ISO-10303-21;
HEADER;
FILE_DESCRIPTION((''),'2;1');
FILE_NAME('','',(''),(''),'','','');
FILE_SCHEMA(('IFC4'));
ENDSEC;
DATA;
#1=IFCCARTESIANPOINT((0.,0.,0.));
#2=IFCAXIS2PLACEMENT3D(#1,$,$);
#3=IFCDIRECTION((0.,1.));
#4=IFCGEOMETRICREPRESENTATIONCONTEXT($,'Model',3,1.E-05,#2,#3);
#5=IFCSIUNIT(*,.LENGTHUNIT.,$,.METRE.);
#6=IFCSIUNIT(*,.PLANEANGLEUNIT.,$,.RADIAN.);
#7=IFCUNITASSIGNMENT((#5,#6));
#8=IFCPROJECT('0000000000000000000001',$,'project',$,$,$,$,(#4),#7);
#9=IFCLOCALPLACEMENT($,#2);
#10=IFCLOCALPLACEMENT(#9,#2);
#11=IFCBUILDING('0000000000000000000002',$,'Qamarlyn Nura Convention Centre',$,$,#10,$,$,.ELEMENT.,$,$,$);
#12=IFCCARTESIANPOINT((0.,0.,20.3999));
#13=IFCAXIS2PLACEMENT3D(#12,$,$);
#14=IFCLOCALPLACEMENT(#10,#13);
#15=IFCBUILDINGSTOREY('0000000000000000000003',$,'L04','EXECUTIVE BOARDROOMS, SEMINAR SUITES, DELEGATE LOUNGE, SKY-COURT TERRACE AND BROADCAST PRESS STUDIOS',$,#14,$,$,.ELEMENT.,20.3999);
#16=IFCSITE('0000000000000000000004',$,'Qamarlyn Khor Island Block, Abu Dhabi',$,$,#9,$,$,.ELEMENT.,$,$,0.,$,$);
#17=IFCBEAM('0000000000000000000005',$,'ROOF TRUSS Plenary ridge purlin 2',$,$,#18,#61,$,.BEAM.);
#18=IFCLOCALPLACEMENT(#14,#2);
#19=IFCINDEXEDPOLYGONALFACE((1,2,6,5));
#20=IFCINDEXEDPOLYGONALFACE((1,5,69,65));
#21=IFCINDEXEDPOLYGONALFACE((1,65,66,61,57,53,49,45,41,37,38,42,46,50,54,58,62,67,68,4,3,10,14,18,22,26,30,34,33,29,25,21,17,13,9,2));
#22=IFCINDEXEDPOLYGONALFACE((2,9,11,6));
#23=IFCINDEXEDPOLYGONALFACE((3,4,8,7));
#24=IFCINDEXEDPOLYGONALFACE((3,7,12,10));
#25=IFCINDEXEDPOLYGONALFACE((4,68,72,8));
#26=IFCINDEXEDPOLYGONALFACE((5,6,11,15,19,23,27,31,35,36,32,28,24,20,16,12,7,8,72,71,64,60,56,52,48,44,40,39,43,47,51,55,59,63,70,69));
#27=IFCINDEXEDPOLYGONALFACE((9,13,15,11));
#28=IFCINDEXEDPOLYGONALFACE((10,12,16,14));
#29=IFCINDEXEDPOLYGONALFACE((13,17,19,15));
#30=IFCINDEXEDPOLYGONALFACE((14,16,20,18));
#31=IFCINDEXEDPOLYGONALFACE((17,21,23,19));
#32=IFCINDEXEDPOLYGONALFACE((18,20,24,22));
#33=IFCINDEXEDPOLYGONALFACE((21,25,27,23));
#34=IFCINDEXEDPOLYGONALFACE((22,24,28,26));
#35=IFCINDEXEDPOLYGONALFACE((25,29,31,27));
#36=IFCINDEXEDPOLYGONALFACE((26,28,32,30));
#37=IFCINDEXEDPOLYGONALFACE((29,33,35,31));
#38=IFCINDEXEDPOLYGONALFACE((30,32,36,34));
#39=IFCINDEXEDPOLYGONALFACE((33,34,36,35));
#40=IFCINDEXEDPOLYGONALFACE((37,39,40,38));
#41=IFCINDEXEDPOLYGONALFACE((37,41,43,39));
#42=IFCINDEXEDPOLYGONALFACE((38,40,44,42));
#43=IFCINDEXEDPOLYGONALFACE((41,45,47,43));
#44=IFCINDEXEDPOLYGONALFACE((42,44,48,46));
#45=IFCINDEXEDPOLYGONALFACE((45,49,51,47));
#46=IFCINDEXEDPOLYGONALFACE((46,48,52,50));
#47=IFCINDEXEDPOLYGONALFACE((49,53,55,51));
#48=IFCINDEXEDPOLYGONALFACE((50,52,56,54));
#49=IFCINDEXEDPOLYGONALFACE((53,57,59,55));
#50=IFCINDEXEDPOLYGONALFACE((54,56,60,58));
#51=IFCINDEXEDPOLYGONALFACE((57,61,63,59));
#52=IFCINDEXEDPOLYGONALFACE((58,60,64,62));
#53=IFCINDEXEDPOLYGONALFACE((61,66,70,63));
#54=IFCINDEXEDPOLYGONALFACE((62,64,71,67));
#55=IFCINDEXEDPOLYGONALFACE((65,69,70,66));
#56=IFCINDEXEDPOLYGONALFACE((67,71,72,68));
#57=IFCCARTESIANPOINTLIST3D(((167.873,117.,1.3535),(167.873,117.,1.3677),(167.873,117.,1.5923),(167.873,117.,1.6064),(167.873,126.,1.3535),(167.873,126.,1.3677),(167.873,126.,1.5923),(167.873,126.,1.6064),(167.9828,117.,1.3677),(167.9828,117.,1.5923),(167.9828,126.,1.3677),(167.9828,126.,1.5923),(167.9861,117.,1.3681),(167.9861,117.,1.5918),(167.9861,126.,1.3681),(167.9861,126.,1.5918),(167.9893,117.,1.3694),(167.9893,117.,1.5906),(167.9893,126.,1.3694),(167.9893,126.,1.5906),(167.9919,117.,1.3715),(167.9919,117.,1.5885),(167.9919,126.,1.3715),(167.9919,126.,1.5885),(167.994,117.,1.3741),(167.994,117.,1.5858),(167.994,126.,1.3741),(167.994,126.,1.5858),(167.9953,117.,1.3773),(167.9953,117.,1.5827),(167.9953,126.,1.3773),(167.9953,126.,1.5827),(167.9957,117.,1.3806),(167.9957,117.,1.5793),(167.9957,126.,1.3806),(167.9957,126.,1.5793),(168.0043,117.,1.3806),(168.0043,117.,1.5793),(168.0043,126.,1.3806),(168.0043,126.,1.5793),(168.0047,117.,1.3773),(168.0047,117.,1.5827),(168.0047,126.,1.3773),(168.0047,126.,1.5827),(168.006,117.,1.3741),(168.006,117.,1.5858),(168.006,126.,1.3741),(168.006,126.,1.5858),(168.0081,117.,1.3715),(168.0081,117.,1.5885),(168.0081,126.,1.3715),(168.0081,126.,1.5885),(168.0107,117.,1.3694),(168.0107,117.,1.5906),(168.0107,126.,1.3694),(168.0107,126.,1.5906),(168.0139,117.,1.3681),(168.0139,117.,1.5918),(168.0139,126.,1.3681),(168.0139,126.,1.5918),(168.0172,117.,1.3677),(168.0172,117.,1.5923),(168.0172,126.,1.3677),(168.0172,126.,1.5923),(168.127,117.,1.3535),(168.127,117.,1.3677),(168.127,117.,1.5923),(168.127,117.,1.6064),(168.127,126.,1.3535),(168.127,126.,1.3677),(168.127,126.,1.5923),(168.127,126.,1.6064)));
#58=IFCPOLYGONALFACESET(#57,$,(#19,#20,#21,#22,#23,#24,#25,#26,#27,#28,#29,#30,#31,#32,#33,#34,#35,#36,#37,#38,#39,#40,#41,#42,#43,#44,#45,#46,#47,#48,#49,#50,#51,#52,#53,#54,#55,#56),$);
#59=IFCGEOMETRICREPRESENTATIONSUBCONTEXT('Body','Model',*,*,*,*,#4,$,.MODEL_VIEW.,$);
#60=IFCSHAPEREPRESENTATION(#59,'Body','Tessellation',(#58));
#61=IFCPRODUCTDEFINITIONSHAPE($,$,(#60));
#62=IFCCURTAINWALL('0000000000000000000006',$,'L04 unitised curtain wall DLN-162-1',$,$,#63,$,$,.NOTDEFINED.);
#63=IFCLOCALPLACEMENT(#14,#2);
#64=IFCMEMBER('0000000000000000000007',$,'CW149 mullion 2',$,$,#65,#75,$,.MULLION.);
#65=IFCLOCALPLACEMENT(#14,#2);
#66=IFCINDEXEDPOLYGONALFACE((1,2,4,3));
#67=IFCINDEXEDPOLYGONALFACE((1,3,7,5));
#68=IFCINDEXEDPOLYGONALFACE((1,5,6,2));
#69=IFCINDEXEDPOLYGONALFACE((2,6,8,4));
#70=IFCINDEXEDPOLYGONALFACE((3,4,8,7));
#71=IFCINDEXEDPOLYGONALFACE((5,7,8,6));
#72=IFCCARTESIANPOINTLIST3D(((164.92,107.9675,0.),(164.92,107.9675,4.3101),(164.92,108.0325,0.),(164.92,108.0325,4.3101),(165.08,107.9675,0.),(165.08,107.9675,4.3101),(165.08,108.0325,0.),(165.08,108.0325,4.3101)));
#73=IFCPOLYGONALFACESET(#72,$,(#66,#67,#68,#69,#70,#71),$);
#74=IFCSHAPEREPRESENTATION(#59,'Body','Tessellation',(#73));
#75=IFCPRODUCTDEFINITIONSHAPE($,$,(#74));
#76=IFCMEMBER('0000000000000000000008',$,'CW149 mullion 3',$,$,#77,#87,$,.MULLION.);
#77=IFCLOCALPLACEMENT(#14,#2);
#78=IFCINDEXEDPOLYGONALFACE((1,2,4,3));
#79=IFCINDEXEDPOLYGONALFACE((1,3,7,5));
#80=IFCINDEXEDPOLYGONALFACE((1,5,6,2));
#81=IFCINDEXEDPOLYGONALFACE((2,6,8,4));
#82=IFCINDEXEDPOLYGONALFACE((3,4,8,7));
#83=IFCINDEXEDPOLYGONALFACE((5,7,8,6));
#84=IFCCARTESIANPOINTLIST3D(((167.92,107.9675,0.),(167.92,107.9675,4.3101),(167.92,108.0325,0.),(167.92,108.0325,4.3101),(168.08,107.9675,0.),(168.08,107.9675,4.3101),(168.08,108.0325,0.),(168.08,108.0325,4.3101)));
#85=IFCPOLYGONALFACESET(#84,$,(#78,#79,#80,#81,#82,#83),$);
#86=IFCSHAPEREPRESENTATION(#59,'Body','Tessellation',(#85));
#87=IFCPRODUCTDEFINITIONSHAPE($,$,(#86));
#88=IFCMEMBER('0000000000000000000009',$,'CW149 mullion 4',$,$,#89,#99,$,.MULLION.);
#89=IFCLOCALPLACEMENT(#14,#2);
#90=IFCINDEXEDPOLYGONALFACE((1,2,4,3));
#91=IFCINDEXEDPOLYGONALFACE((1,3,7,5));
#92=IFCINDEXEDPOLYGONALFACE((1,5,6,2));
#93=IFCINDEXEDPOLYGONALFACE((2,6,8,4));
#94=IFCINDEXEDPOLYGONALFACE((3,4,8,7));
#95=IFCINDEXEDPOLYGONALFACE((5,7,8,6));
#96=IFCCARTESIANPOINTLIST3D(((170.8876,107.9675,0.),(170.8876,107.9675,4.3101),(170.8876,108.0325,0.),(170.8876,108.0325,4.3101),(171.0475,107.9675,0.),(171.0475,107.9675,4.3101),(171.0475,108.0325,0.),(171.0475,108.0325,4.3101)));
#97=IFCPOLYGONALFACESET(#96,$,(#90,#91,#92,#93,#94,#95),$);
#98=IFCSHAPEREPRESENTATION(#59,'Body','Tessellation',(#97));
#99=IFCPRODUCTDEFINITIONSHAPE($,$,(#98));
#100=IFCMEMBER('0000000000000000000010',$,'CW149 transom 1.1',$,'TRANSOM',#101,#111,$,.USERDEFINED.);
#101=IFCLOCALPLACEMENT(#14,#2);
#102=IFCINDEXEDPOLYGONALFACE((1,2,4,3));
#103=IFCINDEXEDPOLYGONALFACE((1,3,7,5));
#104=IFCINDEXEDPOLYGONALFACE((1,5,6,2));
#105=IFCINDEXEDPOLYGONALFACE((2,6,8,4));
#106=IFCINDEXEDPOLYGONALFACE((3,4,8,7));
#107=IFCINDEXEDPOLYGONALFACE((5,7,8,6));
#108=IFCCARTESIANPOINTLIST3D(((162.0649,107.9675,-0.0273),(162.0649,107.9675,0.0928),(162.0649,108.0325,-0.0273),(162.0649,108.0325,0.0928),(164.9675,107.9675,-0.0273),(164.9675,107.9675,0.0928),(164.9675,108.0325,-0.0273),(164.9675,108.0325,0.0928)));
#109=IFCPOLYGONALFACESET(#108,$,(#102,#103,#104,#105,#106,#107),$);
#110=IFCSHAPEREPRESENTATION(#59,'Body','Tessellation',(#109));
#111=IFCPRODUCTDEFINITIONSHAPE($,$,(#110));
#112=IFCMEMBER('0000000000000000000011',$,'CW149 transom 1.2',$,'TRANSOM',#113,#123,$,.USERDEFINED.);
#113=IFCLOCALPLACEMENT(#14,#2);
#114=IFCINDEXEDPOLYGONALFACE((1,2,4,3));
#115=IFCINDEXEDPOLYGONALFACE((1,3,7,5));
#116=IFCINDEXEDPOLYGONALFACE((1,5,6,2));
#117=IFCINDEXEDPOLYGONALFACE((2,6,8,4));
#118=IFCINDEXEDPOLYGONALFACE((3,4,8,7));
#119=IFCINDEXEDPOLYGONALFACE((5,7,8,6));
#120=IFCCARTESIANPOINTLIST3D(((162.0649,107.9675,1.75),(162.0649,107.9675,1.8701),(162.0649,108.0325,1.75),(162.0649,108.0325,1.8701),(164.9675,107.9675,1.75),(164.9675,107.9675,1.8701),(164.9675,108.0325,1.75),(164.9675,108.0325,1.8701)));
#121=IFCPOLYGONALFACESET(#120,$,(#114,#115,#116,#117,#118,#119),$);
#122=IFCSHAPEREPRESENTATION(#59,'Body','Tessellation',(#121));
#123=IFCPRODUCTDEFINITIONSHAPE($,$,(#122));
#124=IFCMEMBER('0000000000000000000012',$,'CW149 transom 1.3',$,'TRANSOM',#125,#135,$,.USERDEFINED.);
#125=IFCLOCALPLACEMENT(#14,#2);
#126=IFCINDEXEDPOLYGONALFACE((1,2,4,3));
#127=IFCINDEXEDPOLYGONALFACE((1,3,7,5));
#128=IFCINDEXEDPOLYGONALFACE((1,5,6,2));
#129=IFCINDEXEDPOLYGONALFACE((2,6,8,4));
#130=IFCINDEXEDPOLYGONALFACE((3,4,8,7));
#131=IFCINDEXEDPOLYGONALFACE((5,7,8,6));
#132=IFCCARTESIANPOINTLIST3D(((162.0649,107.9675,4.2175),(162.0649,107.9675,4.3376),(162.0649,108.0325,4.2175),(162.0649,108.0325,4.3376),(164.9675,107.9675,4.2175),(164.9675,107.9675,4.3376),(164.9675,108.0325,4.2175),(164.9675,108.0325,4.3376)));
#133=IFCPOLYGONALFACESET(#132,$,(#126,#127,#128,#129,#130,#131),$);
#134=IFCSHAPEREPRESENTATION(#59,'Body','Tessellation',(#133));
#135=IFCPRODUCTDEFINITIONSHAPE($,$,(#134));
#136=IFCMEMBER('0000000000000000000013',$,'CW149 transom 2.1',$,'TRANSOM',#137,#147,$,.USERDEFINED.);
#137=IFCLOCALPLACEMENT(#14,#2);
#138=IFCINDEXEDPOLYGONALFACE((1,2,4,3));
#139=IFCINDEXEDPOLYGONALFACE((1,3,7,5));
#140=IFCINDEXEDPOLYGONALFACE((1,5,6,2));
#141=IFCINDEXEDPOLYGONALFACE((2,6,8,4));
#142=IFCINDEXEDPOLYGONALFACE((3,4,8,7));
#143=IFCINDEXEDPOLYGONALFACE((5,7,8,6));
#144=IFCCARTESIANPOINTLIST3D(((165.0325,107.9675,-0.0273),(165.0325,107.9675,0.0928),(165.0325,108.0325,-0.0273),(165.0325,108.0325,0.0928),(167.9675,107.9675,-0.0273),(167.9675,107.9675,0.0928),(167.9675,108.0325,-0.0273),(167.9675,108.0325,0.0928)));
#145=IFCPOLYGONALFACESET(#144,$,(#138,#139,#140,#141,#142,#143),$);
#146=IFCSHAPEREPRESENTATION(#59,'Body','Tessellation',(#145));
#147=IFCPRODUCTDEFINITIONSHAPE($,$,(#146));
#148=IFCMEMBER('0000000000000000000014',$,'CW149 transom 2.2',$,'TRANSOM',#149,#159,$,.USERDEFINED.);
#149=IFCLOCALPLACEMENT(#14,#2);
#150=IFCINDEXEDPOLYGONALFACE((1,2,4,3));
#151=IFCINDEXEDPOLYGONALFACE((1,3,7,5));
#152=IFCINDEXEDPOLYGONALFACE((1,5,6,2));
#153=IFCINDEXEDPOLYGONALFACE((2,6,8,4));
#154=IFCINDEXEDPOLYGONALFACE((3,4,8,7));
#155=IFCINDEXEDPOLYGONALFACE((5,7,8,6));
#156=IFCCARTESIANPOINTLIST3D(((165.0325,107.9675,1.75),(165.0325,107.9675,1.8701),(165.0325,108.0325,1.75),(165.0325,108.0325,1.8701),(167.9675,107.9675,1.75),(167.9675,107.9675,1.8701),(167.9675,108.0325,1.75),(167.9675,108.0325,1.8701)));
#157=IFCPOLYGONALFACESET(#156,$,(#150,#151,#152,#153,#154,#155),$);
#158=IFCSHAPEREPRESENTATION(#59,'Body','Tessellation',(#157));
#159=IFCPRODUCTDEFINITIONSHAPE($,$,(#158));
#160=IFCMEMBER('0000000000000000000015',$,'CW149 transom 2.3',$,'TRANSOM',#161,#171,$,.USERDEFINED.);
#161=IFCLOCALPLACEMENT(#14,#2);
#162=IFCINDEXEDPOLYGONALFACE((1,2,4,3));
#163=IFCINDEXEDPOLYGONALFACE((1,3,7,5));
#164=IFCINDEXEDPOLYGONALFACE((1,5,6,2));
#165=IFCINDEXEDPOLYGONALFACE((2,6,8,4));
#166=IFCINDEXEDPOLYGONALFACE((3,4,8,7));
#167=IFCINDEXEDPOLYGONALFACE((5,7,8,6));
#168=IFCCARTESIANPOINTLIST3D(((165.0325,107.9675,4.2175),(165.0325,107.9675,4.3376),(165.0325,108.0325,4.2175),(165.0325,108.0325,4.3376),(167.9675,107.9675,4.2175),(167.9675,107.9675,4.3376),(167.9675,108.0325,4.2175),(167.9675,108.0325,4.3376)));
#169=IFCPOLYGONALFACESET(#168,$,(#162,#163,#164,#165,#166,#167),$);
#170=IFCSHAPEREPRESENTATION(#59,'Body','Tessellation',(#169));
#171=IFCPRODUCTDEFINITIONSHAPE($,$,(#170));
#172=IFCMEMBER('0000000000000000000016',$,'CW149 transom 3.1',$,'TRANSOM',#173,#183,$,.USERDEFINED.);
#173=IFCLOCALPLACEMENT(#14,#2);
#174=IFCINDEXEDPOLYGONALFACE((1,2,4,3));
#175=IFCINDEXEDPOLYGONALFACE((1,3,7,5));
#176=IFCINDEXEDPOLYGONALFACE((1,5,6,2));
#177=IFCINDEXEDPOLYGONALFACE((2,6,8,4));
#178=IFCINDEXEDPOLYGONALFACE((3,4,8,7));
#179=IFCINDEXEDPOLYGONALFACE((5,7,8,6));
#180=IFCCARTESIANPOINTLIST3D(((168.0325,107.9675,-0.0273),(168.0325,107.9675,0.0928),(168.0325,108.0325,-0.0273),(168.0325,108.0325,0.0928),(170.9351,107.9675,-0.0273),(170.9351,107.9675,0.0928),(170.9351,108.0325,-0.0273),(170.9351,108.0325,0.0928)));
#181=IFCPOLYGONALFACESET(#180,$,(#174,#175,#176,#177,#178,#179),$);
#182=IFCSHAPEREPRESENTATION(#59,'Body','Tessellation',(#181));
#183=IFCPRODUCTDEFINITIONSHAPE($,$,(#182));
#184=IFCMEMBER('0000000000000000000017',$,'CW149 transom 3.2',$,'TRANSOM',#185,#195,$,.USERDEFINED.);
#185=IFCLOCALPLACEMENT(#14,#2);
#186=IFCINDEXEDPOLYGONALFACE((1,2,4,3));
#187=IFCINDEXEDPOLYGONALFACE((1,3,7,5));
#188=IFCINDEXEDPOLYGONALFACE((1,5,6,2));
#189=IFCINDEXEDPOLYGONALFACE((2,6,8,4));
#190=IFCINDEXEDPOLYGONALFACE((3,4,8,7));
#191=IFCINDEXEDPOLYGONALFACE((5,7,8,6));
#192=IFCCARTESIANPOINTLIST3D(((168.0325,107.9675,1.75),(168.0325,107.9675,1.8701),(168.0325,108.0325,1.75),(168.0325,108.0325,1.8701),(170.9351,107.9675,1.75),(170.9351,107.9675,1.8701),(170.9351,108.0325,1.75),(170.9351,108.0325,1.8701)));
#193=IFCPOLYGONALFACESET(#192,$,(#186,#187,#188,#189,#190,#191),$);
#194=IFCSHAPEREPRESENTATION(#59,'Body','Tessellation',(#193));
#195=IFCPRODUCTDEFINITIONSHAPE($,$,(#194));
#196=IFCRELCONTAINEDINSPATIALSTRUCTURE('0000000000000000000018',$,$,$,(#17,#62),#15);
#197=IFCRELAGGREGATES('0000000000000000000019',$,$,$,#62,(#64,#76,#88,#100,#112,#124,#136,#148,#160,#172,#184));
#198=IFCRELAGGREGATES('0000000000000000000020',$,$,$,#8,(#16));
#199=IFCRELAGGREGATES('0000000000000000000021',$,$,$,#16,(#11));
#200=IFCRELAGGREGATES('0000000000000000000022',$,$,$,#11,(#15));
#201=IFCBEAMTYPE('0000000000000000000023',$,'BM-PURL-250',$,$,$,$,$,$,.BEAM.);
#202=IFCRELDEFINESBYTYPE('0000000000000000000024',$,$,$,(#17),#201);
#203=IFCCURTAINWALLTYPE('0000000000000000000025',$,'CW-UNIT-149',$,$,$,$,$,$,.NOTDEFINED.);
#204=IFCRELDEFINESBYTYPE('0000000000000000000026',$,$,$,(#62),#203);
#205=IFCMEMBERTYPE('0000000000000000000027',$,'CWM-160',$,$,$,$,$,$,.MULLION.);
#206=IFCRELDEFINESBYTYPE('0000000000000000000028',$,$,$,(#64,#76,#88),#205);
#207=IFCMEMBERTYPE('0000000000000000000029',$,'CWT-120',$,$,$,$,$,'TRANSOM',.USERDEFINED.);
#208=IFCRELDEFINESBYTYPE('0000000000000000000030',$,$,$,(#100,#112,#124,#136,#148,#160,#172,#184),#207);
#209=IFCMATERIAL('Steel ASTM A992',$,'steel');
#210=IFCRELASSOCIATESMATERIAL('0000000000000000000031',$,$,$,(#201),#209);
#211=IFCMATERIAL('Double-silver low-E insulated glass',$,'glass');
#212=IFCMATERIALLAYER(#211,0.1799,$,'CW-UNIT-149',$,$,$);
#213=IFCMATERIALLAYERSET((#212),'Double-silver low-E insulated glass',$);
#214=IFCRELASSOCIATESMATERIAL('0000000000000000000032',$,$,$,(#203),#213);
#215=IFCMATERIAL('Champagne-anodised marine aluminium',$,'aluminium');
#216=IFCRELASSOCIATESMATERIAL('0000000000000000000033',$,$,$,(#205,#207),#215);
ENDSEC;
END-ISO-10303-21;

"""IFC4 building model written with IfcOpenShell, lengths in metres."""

from ifc_helpers import new_model, si_unit, direction, frame, origin, origin_2d, place, context, subcontext, project, spatial, rectangle, i_section, extrude, material, layer, layer_set, material_profile, profile_set, type_object, element, aggregate, save


model = new_model("IFC4")

# Units and contexts
model_context = context("Model", 3, precision=1e-05, world=origin(), true_north=direction((0.0, 1.0)))
body_context = subcontext(model_context, "Body", "Model", "MODEL_VIEW")
ifc_project = project(units=[si_unit("LENGTHUNIT", "METRE"), si_unit("PLANEANGLEUNIT", "RADIAN")], contexts=[model_context])

# Site, building, storey
site_placement = place(None, origin())
site = spatial("IfcSite", under=ifc_project, at=site_placement, Name="Qamarlyn Khor Island Block, Abu Dhabi", CompositionType="ELEMENT", RefElevation=0.0)
building_placement = place(site_placement, origin())
building = spatial("IfcBuilding", under=site, at=building_placement, Name="Qamarlyn Nura Convention Centre", CompositionType="ELEMENT")
storey_placement = place(building_placement, frame((0.0, 0.0, 20.3999)))
storey = spatial("IfcBuildingStorey", under=building, at=storey_placement, Name="L04", Description="EXECUTIVE BOARDROOMS, SEMINAR SUITES, DELEGATE LOUNGE, SKY-COURT TERRACE AND BROADCAST PRESS STUDIOS", CompositionType="ELEMENT", Elevation=20.3999)

# Beam
ifc_material_1 = material(Name="Steel ASTM A992", Category="steel")
ifc_material_profile_1 = material_profile(ifc_material_1, i_section(OverallWidth=0.2539, OverallDepth=0.2529, WebThickness=0.0085, FlangeThickness=0.0142, FilletRadius=0.0129, at=origin_2d()), Name="W250X73")
ifc_profile_set_1 = profile_set([ifc_material_profile_1], Name="Steel ASTM A992")
beam_type_1 = type_object("IfcBeamType", Name="BM-PURL-250", PredefinedType="BEAM", material=ifc_profile_set_1)
beam_placement = place(storey_placement, frame((168.0, 117.0, 1.48), z_axis=(0.0, 1.0, 0.0), x_axis=(-1.0, 0.0, 0.0)))
element("IfcBeam", 1, at=beam_placement, inside=storey, type_object=beam_type_1, Name="ROOF TRUSS Plenary ridge purlin 2", PredefinedType="BEAM", context=body_context, shape_type="SweptSolid", body=[
    extrude(i_section(OverallWidth=0.2539, OverallDepth=0.2529, WebThickness=0.0085, FlangeThickness=0.0142, FilletRadius=0.0129, at=origin_2d()), origin(), (0.0, 0.0, 1.0), 9.0),
])

# Curtain wall, members
ifc_material_2 = material(Name="Double-silver low-E insulated glass", Category="glass")
ifc_layer_1 = layer(ifc_material_2, 0.1799, Name="CW-UNIT-149")
ifc_layer_set_1 = layer_set([ifc_layer_1], Name="Double-silver low-E insulated glass")
curtain_wall_type = type_object("IfcCurtainWallType", Name="CW-UNIT-149", PredefinedType="NOTDEFINED", material=ifc_layer_set_1)
curtain_wall_placement = place(storey_placement, origin())
curtain_wall = element("IfcCurtainWall", 2, at=curtain_wall_placement, inside=storey, type_object=curtain_wall_type, Name="L04 unitised curtain wall DLN-162-1", PredefinedType="NOTDEFINED")
ifc_material_3 = material(Name="Champagne-anodised marine aluminium", Category="aluminium")
ifc_material_profile_2 = material_profile(ifc_material_3, rectangle(XDim=0.0649, YDim=0.1599, at=origin_2d()), Name="ALU MULLION 65x160")
ifc_profile_set_2 = profile_set([ifc_material_profile_2], Name="Champagne-anodised marine aluminium")
member_type_1 = type_object("IfcMemberType", Name="CWM-160", PredefinedType="MULLION", material=ifc_profile_set_2)
member_1_placement = place(storey_placement, frame((165.0, 108.0, 0.0), z_axis=(0.0, 0.0, 1.0), x_axis=(0.0, 1.0, 0.0)))
member_1 = element("IfcMember", 3, at=member_1_placement, type_object=member_type_1, Name="CW149 mullion 2", PredefinedType="MULLION", context=body_context, shape_type="SweptSolid", body=[
    extrude(rectangle(XDim=0.0649, YDim=0.1599, at=origin_2d()), origin(), (0.0, 0.0, 1.0), 4.3101),
])
member_2_placement = place(storey_placement, frame((168.0, 108.0, 0.0), z_axis=(0.0, 0.0, 1.0), x_axis=(0.0, 1.0, 0.0)))
member_2 = element("IfcMember", 4, at=member_2_placement, type_object=member_type_1, Name="CW149 mullion 3", PredefinedType="MULLION", context=body_context, shape_type="SweptSolid", body=[
    extrude(rectangle(XDim=0.0649, YDim=0.1599, at=origin_2d()), origin(), (0.0, 0.0, 1.0), 4.3101),
])
member_3_placement = place(storey_placement, frame((170.9675, 108.0, 0.0), z_axis=(0.0, 0.0, 1.0), x_axis=(0.0, 1.0, 0.0)))
member_3 = element("IfcMember", 5, at=member_3_placement, type_object=member_type_1, Name="CW149 mullion 4", PredefinedType="MULLION", context=body_context, shape_type="SweptSolid", body=[
    extrude(rectangle(XDim=0.0649, YDim=0.1599, at=origin_2d()), origin(), (0.0, 0.0, 1.0), 4.3101),
])
ifc_material_profile_3 = material_profile(ifc_material_3, rectangle(XDim=0.0649, YDim=0.1201, at=origin_2d()), Name="ALU TRANSOM 65x120")
ifc_profile_set_3 = profile_set([ifc_material_profile_3], Name="Champagne-anodised marine aluminium")
member_type_2 = type_object("IfcMemberType", Name="CWT-120", ElementType="TRANSOM", PredefinedType="USERDEFINED", material=ifc_profile_set_3)
member_4_placement = place(storey_placement, frame((162.0649, 108.0, 0.0327), z_axis=(1.0, 0.0, 0.0), x_axis=(0.0, 1.0, 0.0)))
member_4 = element("IfcMember", 6, at=member_4_placement, type_object=member_type_2, Name="CW149 transom 1.1", ObjectType="TRANSOM", PredefinedType="USERDEFINED", context=body_context, shape_type="SweptSolid", body=[
    extrude(rectangle(XDim=0.0649, YDim=0.1201, at=origin_2d()), origin(), (0.0, 0.0, 1.0), 2.9026),
])
member_5_placement = place(storey_placement, frame((162.0649, 108.0, 1.8101), z_axis=(1.0, 0.0, 0.0), x_axis=(0.0, 1.0, 0.0)))
member_5 = element("IfcMember", 7, at=member_5_placement, type_object=member_type_2, Name="CW149 transom 1.2", ObjectType="TRANSOM", PredefinedType="USERDEFINED", context=body_context, shape_type="SweptSolid", body=[
    extrude(rectangle(XDim=0.0649, YDim=0.1201, at=origin_2d()), origin(), (0.0, 0.0, 1.0), 2.9026),
])
member_6_placement = place(storey_placement, frame((162.0649, 108.0, 4.2776), z_axis=(1.0, 0.0, 0.0), x_axis=(0.0, 1.0, 0.0)))
member_6 = element("IfcMember", 8, at=member_6_placement, type_object=member_type_2, Name="CW149 transom 1.3", ObjectType="TRANSOM", PredefinedType="USERDEFINED", context=body_context, shape_type="SweptSolid", body=[
    extrude(rectangle(XDim=0.0649, YDim=0.1201, at=origin_2d()), origin(), (0.0, 0.0, 1.0), 2.9026),
])
member_7_placement = place(storey_placement, frame((165.0325, 108.0, 0.0327), z_axis=(1.0, 0.0, 0.0), x_axis=(0.0, 1.0, 0.0)))
member_7 = element("IfcMember", 9, at=member_7_placement, type_object=member_type_2, Name="CW149 transom 2.1", ObjectType="TRANSOM", PredefinedType="USERDEFINED", context=body_context, shape_type="SweptSolid", body=[
    extrude(rectangle(XDim=0.0649, YDim=0.1201, at=origin_2d()), origin(), (0.0, 0.0, 1.0), 2.9351),
])
member_8_placement = place(storey_placement, frame((165.0325, 108.0, 1.8101), z_axis=(1.0, 0.0, 0.0), x_axis=(0.0, 1.0, 0.0)))
member_8 = element("IfcMember", 10, at=member_8_placement, type_object=member_type_2, Name="CW149 transom 2.2", ObjectType="TRANSOM", PredefinedType="USERDEFINED", context=body_context, shape_type="SweptSolid", body=[
    extrude(rectangle(XDim=0.0649, YDim=0.1201, at=origin_2d()), origin(), (0.0, 0.0, 1.0), 2.9351),
])
member_9_placement = place(storey_placement, frame((165.0325, 108.0, 4.2776), z_axis=(1.0, 0.0, 0.0), x_axis=(0.0, 1.0, 0.0)))
member_9 = element("IfcMember", 11, at=member_9_placement, type_object=member_type_2, Name="CW149 transom 2.3", ObjectType="TRANSOM", PredefinedType="USERDEFINED", context=body_context, shape_type="SweptSolid", body=[
    extrude(rectangle(XDim=0.0649, YDim=0.1201, at=origin_2d()), origin(), (0.0, 0.0, 1.0), 2.9351),
])
member_10_placement = place(storey_placement, frame((168.0325, 108.0, 0.0327), z_axis=(1.0, 0.0, 0.0), x_axis=(0.0, 1.0, 0.0)))
member_10 = element("IfcMember", 12, at=member_10_placement, type_object=member_type_2, Name="CW149 transom 3.1", ObjectType="TRANSOM", PredefinedType="USERDEFINED", context=body_context, shape_type="SweptSolid", body=[
    extrude(rectangle(XDim=0.0649, YDim=0.1201, at=origin_2d()), origin(), (0.0, 0.0, 1.0), 2.9026),
])
member_11_placement = place(storey_placement, frame((168.0325, 108.0, 1.8101), z_axis=(1.0, 0.0, 0.0), x_axis=(0.0, 1.0, 0.0)))
member_11 = element("IfcMember", 13, at=member_11_placement, type_object=member_type_2, Name="CW149 transom 3.2", ObjectType="TRANSOM", PredefinedType="USERDEFINED", context=body_context, shape_type="SweptSolid", body=[
    extrude(rectangle(XDim=0.0649, YDim=0.1201, at=origin_2d()), origin(), (0.0, 0.0, 1.0), 2.9026),
])
aggregate(curtain_wall, [member_1, member_2, member_3, member_4, member_5, member_6, member_7, member_8, member_9, member_10, member_11])

save(model, "model.ifc")
